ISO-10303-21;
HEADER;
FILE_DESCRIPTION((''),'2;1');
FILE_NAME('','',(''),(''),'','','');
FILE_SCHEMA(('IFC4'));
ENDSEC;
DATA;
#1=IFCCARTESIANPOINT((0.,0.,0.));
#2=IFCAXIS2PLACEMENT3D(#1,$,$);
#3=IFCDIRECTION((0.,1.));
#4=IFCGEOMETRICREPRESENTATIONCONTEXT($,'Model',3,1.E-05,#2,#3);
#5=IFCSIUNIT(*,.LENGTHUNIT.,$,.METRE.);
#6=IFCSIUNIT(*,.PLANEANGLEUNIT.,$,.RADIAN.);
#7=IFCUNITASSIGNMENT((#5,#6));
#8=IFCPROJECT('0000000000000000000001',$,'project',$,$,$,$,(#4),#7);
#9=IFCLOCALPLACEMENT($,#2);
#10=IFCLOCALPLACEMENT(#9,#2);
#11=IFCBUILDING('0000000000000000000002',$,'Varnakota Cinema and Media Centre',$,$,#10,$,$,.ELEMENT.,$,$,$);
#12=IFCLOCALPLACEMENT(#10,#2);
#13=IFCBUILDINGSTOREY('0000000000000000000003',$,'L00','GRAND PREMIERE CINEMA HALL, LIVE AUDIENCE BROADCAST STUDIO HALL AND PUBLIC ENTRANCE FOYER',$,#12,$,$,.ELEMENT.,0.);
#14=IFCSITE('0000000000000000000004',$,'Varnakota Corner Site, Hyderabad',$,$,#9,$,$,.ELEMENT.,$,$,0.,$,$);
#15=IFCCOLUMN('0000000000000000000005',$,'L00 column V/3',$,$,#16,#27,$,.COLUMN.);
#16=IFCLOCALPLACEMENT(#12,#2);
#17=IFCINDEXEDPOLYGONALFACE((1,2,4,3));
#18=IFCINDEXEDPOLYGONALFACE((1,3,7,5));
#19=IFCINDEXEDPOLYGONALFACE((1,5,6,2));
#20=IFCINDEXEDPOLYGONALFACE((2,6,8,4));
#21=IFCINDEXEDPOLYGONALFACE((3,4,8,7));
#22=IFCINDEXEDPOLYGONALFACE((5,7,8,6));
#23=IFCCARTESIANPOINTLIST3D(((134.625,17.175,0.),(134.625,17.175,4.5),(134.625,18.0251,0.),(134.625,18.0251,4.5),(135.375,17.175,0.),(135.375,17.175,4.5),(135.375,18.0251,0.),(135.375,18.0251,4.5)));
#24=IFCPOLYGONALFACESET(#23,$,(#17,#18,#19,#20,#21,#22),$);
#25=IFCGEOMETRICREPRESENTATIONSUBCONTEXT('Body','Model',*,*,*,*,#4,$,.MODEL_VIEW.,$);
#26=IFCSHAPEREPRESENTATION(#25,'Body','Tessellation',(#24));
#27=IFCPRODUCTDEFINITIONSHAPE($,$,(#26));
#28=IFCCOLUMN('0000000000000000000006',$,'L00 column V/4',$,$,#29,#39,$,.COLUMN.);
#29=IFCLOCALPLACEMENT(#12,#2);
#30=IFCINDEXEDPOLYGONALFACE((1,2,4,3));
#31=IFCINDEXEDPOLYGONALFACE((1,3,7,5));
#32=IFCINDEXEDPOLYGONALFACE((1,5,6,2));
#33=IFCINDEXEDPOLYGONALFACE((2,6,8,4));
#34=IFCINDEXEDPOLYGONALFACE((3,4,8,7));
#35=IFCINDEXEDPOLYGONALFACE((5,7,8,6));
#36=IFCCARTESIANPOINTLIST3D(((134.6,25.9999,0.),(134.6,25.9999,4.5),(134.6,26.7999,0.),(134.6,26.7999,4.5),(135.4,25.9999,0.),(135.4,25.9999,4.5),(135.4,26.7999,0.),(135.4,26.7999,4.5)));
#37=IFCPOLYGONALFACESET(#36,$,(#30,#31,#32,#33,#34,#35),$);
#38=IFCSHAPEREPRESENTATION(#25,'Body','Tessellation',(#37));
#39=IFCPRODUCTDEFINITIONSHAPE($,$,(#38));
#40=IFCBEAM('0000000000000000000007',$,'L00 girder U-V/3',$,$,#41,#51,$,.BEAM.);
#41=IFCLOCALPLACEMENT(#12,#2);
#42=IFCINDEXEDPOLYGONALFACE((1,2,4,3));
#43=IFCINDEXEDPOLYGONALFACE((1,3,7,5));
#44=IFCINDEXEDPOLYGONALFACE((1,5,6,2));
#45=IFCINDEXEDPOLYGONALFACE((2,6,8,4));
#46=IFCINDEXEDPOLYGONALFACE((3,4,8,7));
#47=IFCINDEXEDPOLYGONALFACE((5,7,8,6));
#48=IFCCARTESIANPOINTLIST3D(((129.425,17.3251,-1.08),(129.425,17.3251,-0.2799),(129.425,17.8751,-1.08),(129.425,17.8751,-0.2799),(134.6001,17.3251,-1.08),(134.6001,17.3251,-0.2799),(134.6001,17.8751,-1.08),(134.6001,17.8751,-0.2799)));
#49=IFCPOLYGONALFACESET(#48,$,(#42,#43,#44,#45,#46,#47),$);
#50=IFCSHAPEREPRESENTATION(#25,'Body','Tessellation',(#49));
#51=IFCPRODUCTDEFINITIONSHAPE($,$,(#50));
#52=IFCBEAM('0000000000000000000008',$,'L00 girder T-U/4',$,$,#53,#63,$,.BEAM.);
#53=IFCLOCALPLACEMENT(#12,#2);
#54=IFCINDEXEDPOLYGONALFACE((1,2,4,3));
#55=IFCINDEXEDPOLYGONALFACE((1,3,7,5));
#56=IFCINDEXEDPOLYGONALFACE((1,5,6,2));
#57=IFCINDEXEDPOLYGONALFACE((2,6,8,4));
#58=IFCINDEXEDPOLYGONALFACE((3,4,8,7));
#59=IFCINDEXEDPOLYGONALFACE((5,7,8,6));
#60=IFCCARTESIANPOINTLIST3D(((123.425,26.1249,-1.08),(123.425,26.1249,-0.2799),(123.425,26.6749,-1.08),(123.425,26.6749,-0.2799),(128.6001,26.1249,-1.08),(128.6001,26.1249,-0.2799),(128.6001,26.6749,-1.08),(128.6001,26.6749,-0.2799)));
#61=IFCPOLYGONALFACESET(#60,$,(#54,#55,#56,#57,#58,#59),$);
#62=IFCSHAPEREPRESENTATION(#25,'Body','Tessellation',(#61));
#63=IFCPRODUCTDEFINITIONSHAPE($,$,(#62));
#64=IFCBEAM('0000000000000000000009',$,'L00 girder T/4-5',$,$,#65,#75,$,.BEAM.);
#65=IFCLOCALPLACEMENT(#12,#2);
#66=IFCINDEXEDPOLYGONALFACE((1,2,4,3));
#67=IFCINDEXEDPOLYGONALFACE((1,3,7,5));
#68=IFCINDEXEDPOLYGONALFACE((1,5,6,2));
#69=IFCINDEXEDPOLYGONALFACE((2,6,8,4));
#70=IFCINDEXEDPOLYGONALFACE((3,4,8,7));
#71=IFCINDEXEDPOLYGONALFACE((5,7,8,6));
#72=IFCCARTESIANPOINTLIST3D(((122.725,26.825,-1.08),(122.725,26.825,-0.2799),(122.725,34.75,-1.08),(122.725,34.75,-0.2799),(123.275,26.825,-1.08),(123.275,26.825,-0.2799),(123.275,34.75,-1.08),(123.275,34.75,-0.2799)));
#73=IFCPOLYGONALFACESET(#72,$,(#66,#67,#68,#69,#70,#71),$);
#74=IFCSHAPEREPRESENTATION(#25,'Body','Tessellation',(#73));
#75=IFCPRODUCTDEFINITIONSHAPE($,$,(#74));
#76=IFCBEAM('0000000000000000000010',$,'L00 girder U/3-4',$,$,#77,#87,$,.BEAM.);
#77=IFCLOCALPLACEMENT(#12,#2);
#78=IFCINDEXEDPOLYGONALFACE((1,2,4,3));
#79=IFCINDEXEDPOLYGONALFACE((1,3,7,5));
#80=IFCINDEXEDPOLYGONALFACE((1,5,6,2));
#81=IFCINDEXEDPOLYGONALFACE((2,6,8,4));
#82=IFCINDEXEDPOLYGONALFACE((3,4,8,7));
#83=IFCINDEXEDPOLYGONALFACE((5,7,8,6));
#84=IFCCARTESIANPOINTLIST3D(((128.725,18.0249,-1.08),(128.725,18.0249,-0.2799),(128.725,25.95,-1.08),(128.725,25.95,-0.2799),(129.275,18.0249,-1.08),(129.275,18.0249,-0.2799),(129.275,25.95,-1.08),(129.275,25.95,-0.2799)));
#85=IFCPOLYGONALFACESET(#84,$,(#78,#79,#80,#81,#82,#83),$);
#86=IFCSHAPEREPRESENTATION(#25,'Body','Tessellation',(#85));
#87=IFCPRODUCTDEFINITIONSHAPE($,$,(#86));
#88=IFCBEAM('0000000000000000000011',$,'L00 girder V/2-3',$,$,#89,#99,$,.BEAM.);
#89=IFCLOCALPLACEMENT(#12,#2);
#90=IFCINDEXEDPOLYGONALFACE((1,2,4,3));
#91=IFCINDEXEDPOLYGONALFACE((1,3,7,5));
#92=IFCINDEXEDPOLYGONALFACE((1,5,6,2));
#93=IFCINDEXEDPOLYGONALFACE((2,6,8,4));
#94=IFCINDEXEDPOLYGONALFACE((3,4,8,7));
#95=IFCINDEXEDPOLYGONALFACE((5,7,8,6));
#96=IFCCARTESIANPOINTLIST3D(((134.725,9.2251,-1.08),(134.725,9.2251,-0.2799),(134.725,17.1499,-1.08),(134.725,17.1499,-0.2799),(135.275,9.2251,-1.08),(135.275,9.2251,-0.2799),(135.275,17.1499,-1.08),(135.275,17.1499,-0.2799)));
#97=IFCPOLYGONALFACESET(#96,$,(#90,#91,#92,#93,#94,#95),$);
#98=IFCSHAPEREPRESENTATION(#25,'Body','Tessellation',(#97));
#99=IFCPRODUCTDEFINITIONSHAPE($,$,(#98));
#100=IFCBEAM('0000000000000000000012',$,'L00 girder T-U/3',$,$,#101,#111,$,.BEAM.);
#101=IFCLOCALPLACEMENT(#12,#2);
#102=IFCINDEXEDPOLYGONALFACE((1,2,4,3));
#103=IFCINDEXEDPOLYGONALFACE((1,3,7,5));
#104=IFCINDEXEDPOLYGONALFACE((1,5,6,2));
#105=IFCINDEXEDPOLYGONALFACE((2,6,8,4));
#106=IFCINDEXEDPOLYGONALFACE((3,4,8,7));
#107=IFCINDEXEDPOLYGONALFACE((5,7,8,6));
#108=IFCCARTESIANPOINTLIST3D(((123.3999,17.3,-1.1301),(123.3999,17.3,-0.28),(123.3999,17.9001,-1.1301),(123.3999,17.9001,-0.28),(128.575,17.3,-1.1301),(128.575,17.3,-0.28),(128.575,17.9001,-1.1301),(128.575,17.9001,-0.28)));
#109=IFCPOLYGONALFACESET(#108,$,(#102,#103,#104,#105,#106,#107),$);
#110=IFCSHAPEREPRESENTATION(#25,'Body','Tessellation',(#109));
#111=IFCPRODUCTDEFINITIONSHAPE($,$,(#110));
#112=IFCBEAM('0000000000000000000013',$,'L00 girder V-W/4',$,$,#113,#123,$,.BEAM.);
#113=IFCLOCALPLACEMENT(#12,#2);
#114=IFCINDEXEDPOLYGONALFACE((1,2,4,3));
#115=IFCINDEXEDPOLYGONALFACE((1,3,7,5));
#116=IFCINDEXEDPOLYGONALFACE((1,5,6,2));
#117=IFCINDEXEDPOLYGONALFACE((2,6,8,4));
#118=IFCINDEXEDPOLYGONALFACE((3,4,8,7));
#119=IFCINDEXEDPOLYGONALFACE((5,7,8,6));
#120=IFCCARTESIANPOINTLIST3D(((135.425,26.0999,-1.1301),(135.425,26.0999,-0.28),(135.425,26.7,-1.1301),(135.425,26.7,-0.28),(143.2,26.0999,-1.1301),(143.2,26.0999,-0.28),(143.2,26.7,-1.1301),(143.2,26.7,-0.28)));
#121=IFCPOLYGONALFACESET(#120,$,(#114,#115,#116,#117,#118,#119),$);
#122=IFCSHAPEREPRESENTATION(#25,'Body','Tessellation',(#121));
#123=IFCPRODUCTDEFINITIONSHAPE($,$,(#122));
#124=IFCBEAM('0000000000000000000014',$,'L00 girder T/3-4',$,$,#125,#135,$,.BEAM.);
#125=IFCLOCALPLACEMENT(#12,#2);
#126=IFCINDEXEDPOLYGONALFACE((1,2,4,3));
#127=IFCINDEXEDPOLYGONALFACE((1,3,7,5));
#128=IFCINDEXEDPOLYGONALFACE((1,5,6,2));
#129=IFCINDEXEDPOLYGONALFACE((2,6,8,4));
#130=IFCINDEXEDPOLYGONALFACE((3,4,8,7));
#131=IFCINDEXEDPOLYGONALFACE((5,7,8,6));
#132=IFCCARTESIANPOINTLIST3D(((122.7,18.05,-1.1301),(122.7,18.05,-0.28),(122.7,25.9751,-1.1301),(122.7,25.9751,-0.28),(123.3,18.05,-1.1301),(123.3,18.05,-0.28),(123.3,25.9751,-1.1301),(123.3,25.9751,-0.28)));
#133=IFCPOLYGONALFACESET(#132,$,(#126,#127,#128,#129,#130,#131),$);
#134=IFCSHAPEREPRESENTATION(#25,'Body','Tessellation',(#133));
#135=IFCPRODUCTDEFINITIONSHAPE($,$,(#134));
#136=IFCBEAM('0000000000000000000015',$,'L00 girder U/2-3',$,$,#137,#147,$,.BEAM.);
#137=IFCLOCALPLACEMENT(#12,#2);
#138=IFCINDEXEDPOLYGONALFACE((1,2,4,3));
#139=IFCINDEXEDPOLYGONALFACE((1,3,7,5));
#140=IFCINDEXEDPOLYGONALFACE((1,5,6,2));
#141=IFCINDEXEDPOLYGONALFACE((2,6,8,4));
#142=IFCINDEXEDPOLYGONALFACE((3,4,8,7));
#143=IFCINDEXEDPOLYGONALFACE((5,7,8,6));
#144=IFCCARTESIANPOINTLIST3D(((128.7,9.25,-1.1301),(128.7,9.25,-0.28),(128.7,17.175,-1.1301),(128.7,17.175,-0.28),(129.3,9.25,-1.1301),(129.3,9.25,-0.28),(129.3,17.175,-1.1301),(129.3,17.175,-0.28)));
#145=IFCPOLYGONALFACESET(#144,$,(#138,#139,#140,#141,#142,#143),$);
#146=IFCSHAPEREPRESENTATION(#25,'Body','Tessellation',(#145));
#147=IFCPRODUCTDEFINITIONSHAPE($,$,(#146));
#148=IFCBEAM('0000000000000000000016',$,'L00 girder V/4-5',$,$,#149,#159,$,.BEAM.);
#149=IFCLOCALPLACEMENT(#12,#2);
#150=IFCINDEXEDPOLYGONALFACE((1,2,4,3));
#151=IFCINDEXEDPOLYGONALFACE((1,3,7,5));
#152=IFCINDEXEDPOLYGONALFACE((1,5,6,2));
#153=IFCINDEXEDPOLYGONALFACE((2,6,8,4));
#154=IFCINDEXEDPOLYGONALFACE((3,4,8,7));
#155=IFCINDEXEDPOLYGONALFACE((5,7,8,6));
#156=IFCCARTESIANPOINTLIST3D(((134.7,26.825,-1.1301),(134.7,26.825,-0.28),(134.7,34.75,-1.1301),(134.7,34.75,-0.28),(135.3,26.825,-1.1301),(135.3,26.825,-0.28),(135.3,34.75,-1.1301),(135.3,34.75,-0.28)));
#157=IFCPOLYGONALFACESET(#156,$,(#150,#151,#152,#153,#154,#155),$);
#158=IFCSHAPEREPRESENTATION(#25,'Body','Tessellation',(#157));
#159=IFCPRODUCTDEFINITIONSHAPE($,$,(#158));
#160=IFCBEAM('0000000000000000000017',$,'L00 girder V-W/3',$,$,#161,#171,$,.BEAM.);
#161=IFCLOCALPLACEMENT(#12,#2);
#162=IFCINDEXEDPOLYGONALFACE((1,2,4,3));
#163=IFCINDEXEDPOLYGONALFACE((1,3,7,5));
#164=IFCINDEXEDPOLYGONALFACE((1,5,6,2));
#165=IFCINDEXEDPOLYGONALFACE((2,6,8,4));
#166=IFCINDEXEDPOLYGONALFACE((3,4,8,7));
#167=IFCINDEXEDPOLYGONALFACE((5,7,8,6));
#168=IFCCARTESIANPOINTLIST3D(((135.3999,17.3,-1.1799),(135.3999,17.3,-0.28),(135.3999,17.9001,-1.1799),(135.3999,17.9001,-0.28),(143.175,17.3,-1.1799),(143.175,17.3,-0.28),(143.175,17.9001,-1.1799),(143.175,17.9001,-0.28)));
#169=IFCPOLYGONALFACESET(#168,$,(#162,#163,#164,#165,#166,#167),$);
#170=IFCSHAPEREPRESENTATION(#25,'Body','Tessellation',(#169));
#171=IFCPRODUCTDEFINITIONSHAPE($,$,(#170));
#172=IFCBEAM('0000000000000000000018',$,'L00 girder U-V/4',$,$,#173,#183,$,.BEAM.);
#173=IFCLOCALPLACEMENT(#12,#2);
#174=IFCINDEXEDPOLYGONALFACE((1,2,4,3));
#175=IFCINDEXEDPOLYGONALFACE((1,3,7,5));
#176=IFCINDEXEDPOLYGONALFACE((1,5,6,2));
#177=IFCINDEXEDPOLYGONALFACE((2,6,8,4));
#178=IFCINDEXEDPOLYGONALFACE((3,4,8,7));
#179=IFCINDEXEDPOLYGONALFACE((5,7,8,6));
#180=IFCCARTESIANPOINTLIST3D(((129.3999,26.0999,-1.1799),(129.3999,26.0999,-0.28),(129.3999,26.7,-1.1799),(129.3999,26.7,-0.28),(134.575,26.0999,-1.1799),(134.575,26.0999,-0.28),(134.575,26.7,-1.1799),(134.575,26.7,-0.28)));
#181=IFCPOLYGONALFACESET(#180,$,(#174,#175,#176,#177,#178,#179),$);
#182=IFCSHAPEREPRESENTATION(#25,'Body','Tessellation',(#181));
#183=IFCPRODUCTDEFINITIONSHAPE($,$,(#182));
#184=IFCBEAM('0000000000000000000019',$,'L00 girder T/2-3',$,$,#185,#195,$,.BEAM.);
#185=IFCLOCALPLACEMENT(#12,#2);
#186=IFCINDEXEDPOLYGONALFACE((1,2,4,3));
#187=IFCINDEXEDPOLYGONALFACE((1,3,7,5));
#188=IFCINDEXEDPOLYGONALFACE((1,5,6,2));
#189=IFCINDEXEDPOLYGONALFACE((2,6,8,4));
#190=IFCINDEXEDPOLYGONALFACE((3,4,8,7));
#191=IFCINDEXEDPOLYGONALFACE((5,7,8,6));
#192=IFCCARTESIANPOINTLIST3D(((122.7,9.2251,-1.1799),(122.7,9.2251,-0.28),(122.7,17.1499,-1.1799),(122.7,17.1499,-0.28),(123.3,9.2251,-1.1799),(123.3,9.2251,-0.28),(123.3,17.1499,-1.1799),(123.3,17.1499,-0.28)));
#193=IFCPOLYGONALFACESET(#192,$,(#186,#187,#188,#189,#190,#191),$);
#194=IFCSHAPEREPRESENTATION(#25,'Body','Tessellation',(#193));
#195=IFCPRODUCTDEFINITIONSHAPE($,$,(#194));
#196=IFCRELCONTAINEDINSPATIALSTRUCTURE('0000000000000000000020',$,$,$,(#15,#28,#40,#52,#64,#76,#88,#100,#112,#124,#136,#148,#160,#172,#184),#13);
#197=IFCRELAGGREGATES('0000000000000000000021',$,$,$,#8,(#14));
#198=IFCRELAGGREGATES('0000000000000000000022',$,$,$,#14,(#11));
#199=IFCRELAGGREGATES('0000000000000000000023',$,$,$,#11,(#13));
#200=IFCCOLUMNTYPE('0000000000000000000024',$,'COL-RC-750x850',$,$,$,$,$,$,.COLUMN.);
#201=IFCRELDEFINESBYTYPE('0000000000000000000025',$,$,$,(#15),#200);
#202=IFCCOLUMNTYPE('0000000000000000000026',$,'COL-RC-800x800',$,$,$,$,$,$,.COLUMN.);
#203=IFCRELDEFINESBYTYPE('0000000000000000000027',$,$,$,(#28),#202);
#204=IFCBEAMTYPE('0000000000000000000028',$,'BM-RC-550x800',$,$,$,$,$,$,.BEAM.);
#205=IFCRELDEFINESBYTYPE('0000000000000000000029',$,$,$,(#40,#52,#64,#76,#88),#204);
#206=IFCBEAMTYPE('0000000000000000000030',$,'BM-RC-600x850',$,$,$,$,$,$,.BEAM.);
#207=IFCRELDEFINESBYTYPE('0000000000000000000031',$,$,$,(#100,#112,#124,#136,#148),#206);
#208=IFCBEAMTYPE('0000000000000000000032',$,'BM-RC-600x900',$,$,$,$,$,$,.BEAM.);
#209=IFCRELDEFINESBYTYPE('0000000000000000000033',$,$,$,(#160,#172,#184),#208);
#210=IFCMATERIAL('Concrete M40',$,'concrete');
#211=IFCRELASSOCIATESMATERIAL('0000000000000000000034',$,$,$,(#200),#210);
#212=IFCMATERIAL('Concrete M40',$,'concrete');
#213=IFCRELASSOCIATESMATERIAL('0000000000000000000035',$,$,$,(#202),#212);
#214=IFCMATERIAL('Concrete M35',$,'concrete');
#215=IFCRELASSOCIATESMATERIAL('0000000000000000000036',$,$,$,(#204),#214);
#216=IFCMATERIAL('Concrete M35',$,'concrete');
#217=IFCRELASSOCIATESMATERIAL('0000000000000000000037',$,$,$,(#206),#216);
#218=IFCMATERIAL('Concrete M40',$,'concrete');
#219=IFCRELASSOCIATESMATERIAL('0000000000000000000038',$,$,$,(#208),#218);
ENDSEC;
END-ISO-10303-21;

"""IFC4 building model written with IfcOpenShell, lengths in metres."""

from ifc_helpers import new_model, si_unit, direction, frame, origin, origin_2d, place, context, subcontext, project, spatial, rectangle, extrude, material, material_profile, profile_set, type_object, element, save


model = new_model("IFC4")

# Units and contexts
model_context = context("Model", 3, precision=1e-05, world=origin(), true_north=direction((0.0, 1.0)))
body_context = subcontext(model_context, "Body", "Model", "MODEL_VIEW")
ifc_project = project(units=[si_unit("LENGTHUNIT", "METRE"), si_unit("PLANEANGLEUNIT", "RADIAN")], contexts=[model_context])

# Site, building, storey
site_placement = place(None, origin())
site = spatial("IfcSite", under=ifc_project, at=site_placement, Name="Varnakota Corner Site, Hyderabad", CompositionType="ELEMENT", RefElevation=0.0)
building_placement = place(site_placement, origin())
building = spatial("IfcBuilding", under=site, at=building_placement, Name="Varnakota Cinema and Media Centre", CompositionType="ELEMENT")
storey_placement = place(building_placement, origin())
storey = spatial("IfcBuildingStorey", under=building, at=storey_placement, Name="L00", Description="GRAND PREMIERE CINEMA HALL, LIVE AUDIENCE BROADCAST STUDIO HALL AND PUBLIC ENTRANCE FOYER", CompositionType="ELEMENT", Elevation=0.0)

# Columns
ifc_material_1 = material(Name="Concrete M40", Category="concrete")
ifc_material_profile_1 = material_profile(ifc_material_1, rectangle(XDim=0.75, YDim=0.8501, at=origin_2d()), Name="RC 750x850")
ifc_profile_set_1 = profile_set([ifc_material_profile_1], Name="Concrete M40")
column_type_1 = type_object("IfcColumnType", Name="COL-RC-750x850", PredefinedType="COLUMN", material=ifc_profile_set_1)
column_1_placement = place(storey_placement, frame((135.0, 17.6001, 0.0), z_axis=(0.0, 0.0, 1.0), x_axis=(1.0, 0.0, 0.0)))
element("IfcColumn", 1, at=column_1_placement, inside=storey, type_object=column_type_1, Name="L00 column V/3", PredefinedType="COLUMN", context=body_context, shape_type="SweptSolid", body=[
    extrude(rectangle(XDim=0.75, YDim=0.8501, at=origin_2d()), origin(), (0.0, 0.0, 1.0), 4.5),
])
ifc_material_2 = material(Name="Concrete M40", Category="concrete")
ifc_material_profile_2 = material_profile(ifc_material_2, rectangle(XDim=0.8, YDim=0.8, at=origin_2d()), Name="RC 800x800")
ifc_profile_set_2 = profile_set([ifc_material_profile_2], Name="Concrete M40")
column_type_2 = type_object("IfcColumnType", Name="COL-RC-800x800", PredefinedType="COLUMN", material=ifc_profile_set_2)
column_2_placement = place(storey_placement, frame((135.0, 26.3999, 0.0), z_axis=(0.0, 0.0, 1.0), x_axis=(1.0, 0.0, 0.0)))
element("IfcColumn", 2, at=column_2_placement, inside=storey, type_object=column_type_2, Name="L00 column V/4", PredefinedType="COLUMN", context=body_context, shape_type="SweptSolid", body=[
    extrude(rectangle(XDim=0.8, YDim=0.8, at=origin_2d()), origin(), (0.0, 0.0, 1.0), 4.5),
])

# Beams
ifc_material_3 = material(Name="Concrete M35", Category="concrete")
ifc_material_profile_3 = material_profile(ifc_material_3, rectangle(XDim=0.55, YDim=0.8, at=origin_2d()), Name="RCB 550x800")
ifc_profile_set_3 = profile_set([ifc_material_profile_3], Name="Concrete M35")
beam_type_1 = type_object("IfcBeamType", Name="BM-RC-550x800", PredefinedType="BEAM", material=ifc_profile_set_3)
for number, where, z_axis, x_axis, name in (
    (3, (129.425, 17.6001, -0.6799), (1.0, 0.0, 0.0), (0.0, 1.0, 0.0), "L00 girder U-V/3"),
    (4, (123.425, 26.3999, -0.6799), (1.0, 0.0, 0.0), (0.0, 1.0, 0.0), "L00 girder T-U/4"),
):
    element("IfcBeam", number, at=place(storey_placement, frame(where, z_axis=z_axis, x_axis=x_axis)), inside=storey, type_object=beam_type_1, Name=name, PredefinedType="BEAM", context=body_context, shape_type="SweptSolid", body=[
        extrude(rectangle(XDim=0.55, YDim=0.8, at=origin_2d()), origin(), (0.0, 0.0, 1.0), 5.175),
    ])
for number, where, z_axis, x_axis, name in (
    (5, (123.0, 26.825, -0.6799), (0.0, 1.0, 0.0), (-1.0, 0.0, 0.0), "L00 girder T/4-5"),
    (6, (129.0, 18.0249, -0.6799), (0.0, 1.0, 0.0), (-1.0, 0.0, 0.0), "L00 girder U/3-4"),
):
    element("IfcBeam", number, at=place(storey_placement, frame(where, z_axis=z_axis, x_axis=x_axis)), inside=storey, type_object=beam_type_1, Name=name, PredefinedType="BEAM", context=body_context, shape_type="SweptSolid", body=[
        extrude(rectangle(XDim=0.55, YDim=0.8, at=origin_2d()), origin(), (0.0, 0.0, 1.0), 7.925),
    ])
beam_1_placement = place(storey_placement, frame((135.0, 9.2251, -0.6799), z_axis=(0.0, 1.0, 0.0), x_axis=(-1.0, 0.0, 0.0)))
element("IfcBeam", 7, at=beam_1_placement, inside=storey, type_object=beam_type_1, Name="L00 girder V/2-3", PredefinedType="BEAM", context=body_context, shape_type="SweptSolid", body=[
    extrude(rectangle(XDim=0.55, YDim=0.8, at=origin_2d()), origin(), (0.0, 0.0, 1.0), 7.9248),
])
ifc_material_4 = material(Name="Concrete M35", Category="concrete")
ifc_material_profile_4 = material_profile(ifc_material_4, rectangle(XDim=0.6001, YDim=0.8501, at=origin_2d()), Name="RCB 600x850")
ifc_profile_set_4 = profile_set([ifc_material_profile_4], Name="Concrete M35")
beam_type_2 = type_object("IfcBeamType", Name="BM-RC-600x850", PredefinedType="BEAM", material=ifc_profile_set_4)
beam_2_placement = place(storey_placement, frame((123.3999, 17.6001, -0.7051), z_axis=(1.0, 0.0, 0.0), x_axis=(0.0, 1.0, 0.0)))
element("IfcBeam", 8, at=beam_2_placement, inside=storey, type_object=beam_type_2, Name="L00 girder T-U/3", PredefinedType="BEAM", context=body_context, shape_type="SweptSolid", body=[
    extrude(rectangle(XDim=0.6001, YDim=0.8501, at=origin_2d()), origin(), (0.0, 0.0, 1.0), 5.175),
])
beam_3_placement = place(storey_placement, frame((135.425, 26.3999, -0.7051), z_axis=(1.0, 0.0, 0.0), x_axis=(0.0, 1.0, 0.0)))
element("IfcBeam", 9, at=beam_3_placement, inside=storey, type_object=beam_type_2, Name="L00 girder V-W/4", PredefinedType="BEAM", context=body_context, shape_type="SweptSolid", body=[
    extrude(rectangle(XDim=0.6001, YDim=0.8501, at=origin_2d()), origin(), (0.0, 0.0, 1.0), 7.7749),
])
for number, where, z_axis, x_axis, name in (
    (10, (123.0, 18.05, -0.7051), (0.0, 1.0, 0.0), (-1.0, 0.0, 0.0), "L00 girder T/3-4"),
    (11, (129.0, 9.25, -0.7051), (0.0, 1.0, 0.0), (-1.0, 0.0, 0.0), "L00 girder U/2-3"),
    (12, (135.0, 26.825, -0.7051), (0.0, 1.0, 0.0), (-1.0, 0.0, 0.0), "L00 girder V/4-5"),
):
    element("IfcBeam", number, at=place(storey_placement, frame(where, z_axis=z_axis, x_axis=x_axis)), inside=storey, type_object=beam_type_2, Name=name, PredefinedType="BEAM", context=body_context, shape_type="SweptSolid", body=[
        extrude(rectangle(XDim=0.6001, YDim=0.8501, at=origin_2d()), origin(), (0.0, 0.0, 1.0), 7.925),
    ])
ifc_material_5 = material(Name="Concrete M40", Category="concrete")
ifc_material_profile_5 = material_profile(ifc_material_5, rectangle(XDim=0.6001, YDim=0.8999, at=origin_2d()), Name="RCB 600x900")
ifc_profile_set_5 = profile_set([ifc_material_profile_5], Name="Concrete M40")
beam_type_3 = type_object("IfcBeamType", Name="BM-RC-600x900", PredefinedType="BEAM", material=ifc_profile_set_5)
beam_4_placement = place(storey_placement, frame((135.3999, 17.6001, -0.73), z_axis=(1.0, 0.0, 0.0), x_axis=(0.0, 1.0, 0.0)))
element("IfcBeam", 13, at=beam_4_placement, inside=storey, type_object=beam_type_3, Name="L00 girder V-W/3", PredefinedType="BEAM", context=body_context, shape_type="SweptSolid", body=[
    extrude(rectangle(XDim=0.6001, YDim=0.8999, at=origin_2d()), origin(), (0.0, 0.0, 1.0), 7.7751),
])
beam_5_placement = place(storey_placement, frame((129.3999, 26.3999, -0.73), z_axis=(1.0, 0.0, 0.0), x_axis=(0.0, 1.0, 0.0)))
element("IfcBeam", 14, at=beam_5_placement, inside=storey, type_object=beam_type_3, Name="L00 girder U-V/4", PredefinedType="BEAM", context=body_context, shape_type="SweptSolid", body=[
    extrude(rectangle(XDim=0.6001, YDim=0.8999, at=origin_2d()), origin(), (0.0, 0.0, 1.0), 5.175),
])
for number, where, z_axis, x_axis, name in (
    (15, (123.0, 9.2251, -0.73), (0.0, 1.0, 0.0), (-1.0, 0.0, 0.0), "L00 girder T/2-3"),
):
    element("IfcBeam", number, at=place(storey_placement, frame(where, z_axis=z_axis, x_axis=x_axis)), inside=storey, type_object=beam_type_3, Name=name, PredefinedType="BEAM", context=body_context, shape_type="SweptSolid", body=[
        extrude(rectangle(XDim=0.6001, YDim=0.8999, at=origin_2d()), origin(), (0.0, 0.0, 1.0), 7.9248),
    ])

save(model, "model.ifc")
